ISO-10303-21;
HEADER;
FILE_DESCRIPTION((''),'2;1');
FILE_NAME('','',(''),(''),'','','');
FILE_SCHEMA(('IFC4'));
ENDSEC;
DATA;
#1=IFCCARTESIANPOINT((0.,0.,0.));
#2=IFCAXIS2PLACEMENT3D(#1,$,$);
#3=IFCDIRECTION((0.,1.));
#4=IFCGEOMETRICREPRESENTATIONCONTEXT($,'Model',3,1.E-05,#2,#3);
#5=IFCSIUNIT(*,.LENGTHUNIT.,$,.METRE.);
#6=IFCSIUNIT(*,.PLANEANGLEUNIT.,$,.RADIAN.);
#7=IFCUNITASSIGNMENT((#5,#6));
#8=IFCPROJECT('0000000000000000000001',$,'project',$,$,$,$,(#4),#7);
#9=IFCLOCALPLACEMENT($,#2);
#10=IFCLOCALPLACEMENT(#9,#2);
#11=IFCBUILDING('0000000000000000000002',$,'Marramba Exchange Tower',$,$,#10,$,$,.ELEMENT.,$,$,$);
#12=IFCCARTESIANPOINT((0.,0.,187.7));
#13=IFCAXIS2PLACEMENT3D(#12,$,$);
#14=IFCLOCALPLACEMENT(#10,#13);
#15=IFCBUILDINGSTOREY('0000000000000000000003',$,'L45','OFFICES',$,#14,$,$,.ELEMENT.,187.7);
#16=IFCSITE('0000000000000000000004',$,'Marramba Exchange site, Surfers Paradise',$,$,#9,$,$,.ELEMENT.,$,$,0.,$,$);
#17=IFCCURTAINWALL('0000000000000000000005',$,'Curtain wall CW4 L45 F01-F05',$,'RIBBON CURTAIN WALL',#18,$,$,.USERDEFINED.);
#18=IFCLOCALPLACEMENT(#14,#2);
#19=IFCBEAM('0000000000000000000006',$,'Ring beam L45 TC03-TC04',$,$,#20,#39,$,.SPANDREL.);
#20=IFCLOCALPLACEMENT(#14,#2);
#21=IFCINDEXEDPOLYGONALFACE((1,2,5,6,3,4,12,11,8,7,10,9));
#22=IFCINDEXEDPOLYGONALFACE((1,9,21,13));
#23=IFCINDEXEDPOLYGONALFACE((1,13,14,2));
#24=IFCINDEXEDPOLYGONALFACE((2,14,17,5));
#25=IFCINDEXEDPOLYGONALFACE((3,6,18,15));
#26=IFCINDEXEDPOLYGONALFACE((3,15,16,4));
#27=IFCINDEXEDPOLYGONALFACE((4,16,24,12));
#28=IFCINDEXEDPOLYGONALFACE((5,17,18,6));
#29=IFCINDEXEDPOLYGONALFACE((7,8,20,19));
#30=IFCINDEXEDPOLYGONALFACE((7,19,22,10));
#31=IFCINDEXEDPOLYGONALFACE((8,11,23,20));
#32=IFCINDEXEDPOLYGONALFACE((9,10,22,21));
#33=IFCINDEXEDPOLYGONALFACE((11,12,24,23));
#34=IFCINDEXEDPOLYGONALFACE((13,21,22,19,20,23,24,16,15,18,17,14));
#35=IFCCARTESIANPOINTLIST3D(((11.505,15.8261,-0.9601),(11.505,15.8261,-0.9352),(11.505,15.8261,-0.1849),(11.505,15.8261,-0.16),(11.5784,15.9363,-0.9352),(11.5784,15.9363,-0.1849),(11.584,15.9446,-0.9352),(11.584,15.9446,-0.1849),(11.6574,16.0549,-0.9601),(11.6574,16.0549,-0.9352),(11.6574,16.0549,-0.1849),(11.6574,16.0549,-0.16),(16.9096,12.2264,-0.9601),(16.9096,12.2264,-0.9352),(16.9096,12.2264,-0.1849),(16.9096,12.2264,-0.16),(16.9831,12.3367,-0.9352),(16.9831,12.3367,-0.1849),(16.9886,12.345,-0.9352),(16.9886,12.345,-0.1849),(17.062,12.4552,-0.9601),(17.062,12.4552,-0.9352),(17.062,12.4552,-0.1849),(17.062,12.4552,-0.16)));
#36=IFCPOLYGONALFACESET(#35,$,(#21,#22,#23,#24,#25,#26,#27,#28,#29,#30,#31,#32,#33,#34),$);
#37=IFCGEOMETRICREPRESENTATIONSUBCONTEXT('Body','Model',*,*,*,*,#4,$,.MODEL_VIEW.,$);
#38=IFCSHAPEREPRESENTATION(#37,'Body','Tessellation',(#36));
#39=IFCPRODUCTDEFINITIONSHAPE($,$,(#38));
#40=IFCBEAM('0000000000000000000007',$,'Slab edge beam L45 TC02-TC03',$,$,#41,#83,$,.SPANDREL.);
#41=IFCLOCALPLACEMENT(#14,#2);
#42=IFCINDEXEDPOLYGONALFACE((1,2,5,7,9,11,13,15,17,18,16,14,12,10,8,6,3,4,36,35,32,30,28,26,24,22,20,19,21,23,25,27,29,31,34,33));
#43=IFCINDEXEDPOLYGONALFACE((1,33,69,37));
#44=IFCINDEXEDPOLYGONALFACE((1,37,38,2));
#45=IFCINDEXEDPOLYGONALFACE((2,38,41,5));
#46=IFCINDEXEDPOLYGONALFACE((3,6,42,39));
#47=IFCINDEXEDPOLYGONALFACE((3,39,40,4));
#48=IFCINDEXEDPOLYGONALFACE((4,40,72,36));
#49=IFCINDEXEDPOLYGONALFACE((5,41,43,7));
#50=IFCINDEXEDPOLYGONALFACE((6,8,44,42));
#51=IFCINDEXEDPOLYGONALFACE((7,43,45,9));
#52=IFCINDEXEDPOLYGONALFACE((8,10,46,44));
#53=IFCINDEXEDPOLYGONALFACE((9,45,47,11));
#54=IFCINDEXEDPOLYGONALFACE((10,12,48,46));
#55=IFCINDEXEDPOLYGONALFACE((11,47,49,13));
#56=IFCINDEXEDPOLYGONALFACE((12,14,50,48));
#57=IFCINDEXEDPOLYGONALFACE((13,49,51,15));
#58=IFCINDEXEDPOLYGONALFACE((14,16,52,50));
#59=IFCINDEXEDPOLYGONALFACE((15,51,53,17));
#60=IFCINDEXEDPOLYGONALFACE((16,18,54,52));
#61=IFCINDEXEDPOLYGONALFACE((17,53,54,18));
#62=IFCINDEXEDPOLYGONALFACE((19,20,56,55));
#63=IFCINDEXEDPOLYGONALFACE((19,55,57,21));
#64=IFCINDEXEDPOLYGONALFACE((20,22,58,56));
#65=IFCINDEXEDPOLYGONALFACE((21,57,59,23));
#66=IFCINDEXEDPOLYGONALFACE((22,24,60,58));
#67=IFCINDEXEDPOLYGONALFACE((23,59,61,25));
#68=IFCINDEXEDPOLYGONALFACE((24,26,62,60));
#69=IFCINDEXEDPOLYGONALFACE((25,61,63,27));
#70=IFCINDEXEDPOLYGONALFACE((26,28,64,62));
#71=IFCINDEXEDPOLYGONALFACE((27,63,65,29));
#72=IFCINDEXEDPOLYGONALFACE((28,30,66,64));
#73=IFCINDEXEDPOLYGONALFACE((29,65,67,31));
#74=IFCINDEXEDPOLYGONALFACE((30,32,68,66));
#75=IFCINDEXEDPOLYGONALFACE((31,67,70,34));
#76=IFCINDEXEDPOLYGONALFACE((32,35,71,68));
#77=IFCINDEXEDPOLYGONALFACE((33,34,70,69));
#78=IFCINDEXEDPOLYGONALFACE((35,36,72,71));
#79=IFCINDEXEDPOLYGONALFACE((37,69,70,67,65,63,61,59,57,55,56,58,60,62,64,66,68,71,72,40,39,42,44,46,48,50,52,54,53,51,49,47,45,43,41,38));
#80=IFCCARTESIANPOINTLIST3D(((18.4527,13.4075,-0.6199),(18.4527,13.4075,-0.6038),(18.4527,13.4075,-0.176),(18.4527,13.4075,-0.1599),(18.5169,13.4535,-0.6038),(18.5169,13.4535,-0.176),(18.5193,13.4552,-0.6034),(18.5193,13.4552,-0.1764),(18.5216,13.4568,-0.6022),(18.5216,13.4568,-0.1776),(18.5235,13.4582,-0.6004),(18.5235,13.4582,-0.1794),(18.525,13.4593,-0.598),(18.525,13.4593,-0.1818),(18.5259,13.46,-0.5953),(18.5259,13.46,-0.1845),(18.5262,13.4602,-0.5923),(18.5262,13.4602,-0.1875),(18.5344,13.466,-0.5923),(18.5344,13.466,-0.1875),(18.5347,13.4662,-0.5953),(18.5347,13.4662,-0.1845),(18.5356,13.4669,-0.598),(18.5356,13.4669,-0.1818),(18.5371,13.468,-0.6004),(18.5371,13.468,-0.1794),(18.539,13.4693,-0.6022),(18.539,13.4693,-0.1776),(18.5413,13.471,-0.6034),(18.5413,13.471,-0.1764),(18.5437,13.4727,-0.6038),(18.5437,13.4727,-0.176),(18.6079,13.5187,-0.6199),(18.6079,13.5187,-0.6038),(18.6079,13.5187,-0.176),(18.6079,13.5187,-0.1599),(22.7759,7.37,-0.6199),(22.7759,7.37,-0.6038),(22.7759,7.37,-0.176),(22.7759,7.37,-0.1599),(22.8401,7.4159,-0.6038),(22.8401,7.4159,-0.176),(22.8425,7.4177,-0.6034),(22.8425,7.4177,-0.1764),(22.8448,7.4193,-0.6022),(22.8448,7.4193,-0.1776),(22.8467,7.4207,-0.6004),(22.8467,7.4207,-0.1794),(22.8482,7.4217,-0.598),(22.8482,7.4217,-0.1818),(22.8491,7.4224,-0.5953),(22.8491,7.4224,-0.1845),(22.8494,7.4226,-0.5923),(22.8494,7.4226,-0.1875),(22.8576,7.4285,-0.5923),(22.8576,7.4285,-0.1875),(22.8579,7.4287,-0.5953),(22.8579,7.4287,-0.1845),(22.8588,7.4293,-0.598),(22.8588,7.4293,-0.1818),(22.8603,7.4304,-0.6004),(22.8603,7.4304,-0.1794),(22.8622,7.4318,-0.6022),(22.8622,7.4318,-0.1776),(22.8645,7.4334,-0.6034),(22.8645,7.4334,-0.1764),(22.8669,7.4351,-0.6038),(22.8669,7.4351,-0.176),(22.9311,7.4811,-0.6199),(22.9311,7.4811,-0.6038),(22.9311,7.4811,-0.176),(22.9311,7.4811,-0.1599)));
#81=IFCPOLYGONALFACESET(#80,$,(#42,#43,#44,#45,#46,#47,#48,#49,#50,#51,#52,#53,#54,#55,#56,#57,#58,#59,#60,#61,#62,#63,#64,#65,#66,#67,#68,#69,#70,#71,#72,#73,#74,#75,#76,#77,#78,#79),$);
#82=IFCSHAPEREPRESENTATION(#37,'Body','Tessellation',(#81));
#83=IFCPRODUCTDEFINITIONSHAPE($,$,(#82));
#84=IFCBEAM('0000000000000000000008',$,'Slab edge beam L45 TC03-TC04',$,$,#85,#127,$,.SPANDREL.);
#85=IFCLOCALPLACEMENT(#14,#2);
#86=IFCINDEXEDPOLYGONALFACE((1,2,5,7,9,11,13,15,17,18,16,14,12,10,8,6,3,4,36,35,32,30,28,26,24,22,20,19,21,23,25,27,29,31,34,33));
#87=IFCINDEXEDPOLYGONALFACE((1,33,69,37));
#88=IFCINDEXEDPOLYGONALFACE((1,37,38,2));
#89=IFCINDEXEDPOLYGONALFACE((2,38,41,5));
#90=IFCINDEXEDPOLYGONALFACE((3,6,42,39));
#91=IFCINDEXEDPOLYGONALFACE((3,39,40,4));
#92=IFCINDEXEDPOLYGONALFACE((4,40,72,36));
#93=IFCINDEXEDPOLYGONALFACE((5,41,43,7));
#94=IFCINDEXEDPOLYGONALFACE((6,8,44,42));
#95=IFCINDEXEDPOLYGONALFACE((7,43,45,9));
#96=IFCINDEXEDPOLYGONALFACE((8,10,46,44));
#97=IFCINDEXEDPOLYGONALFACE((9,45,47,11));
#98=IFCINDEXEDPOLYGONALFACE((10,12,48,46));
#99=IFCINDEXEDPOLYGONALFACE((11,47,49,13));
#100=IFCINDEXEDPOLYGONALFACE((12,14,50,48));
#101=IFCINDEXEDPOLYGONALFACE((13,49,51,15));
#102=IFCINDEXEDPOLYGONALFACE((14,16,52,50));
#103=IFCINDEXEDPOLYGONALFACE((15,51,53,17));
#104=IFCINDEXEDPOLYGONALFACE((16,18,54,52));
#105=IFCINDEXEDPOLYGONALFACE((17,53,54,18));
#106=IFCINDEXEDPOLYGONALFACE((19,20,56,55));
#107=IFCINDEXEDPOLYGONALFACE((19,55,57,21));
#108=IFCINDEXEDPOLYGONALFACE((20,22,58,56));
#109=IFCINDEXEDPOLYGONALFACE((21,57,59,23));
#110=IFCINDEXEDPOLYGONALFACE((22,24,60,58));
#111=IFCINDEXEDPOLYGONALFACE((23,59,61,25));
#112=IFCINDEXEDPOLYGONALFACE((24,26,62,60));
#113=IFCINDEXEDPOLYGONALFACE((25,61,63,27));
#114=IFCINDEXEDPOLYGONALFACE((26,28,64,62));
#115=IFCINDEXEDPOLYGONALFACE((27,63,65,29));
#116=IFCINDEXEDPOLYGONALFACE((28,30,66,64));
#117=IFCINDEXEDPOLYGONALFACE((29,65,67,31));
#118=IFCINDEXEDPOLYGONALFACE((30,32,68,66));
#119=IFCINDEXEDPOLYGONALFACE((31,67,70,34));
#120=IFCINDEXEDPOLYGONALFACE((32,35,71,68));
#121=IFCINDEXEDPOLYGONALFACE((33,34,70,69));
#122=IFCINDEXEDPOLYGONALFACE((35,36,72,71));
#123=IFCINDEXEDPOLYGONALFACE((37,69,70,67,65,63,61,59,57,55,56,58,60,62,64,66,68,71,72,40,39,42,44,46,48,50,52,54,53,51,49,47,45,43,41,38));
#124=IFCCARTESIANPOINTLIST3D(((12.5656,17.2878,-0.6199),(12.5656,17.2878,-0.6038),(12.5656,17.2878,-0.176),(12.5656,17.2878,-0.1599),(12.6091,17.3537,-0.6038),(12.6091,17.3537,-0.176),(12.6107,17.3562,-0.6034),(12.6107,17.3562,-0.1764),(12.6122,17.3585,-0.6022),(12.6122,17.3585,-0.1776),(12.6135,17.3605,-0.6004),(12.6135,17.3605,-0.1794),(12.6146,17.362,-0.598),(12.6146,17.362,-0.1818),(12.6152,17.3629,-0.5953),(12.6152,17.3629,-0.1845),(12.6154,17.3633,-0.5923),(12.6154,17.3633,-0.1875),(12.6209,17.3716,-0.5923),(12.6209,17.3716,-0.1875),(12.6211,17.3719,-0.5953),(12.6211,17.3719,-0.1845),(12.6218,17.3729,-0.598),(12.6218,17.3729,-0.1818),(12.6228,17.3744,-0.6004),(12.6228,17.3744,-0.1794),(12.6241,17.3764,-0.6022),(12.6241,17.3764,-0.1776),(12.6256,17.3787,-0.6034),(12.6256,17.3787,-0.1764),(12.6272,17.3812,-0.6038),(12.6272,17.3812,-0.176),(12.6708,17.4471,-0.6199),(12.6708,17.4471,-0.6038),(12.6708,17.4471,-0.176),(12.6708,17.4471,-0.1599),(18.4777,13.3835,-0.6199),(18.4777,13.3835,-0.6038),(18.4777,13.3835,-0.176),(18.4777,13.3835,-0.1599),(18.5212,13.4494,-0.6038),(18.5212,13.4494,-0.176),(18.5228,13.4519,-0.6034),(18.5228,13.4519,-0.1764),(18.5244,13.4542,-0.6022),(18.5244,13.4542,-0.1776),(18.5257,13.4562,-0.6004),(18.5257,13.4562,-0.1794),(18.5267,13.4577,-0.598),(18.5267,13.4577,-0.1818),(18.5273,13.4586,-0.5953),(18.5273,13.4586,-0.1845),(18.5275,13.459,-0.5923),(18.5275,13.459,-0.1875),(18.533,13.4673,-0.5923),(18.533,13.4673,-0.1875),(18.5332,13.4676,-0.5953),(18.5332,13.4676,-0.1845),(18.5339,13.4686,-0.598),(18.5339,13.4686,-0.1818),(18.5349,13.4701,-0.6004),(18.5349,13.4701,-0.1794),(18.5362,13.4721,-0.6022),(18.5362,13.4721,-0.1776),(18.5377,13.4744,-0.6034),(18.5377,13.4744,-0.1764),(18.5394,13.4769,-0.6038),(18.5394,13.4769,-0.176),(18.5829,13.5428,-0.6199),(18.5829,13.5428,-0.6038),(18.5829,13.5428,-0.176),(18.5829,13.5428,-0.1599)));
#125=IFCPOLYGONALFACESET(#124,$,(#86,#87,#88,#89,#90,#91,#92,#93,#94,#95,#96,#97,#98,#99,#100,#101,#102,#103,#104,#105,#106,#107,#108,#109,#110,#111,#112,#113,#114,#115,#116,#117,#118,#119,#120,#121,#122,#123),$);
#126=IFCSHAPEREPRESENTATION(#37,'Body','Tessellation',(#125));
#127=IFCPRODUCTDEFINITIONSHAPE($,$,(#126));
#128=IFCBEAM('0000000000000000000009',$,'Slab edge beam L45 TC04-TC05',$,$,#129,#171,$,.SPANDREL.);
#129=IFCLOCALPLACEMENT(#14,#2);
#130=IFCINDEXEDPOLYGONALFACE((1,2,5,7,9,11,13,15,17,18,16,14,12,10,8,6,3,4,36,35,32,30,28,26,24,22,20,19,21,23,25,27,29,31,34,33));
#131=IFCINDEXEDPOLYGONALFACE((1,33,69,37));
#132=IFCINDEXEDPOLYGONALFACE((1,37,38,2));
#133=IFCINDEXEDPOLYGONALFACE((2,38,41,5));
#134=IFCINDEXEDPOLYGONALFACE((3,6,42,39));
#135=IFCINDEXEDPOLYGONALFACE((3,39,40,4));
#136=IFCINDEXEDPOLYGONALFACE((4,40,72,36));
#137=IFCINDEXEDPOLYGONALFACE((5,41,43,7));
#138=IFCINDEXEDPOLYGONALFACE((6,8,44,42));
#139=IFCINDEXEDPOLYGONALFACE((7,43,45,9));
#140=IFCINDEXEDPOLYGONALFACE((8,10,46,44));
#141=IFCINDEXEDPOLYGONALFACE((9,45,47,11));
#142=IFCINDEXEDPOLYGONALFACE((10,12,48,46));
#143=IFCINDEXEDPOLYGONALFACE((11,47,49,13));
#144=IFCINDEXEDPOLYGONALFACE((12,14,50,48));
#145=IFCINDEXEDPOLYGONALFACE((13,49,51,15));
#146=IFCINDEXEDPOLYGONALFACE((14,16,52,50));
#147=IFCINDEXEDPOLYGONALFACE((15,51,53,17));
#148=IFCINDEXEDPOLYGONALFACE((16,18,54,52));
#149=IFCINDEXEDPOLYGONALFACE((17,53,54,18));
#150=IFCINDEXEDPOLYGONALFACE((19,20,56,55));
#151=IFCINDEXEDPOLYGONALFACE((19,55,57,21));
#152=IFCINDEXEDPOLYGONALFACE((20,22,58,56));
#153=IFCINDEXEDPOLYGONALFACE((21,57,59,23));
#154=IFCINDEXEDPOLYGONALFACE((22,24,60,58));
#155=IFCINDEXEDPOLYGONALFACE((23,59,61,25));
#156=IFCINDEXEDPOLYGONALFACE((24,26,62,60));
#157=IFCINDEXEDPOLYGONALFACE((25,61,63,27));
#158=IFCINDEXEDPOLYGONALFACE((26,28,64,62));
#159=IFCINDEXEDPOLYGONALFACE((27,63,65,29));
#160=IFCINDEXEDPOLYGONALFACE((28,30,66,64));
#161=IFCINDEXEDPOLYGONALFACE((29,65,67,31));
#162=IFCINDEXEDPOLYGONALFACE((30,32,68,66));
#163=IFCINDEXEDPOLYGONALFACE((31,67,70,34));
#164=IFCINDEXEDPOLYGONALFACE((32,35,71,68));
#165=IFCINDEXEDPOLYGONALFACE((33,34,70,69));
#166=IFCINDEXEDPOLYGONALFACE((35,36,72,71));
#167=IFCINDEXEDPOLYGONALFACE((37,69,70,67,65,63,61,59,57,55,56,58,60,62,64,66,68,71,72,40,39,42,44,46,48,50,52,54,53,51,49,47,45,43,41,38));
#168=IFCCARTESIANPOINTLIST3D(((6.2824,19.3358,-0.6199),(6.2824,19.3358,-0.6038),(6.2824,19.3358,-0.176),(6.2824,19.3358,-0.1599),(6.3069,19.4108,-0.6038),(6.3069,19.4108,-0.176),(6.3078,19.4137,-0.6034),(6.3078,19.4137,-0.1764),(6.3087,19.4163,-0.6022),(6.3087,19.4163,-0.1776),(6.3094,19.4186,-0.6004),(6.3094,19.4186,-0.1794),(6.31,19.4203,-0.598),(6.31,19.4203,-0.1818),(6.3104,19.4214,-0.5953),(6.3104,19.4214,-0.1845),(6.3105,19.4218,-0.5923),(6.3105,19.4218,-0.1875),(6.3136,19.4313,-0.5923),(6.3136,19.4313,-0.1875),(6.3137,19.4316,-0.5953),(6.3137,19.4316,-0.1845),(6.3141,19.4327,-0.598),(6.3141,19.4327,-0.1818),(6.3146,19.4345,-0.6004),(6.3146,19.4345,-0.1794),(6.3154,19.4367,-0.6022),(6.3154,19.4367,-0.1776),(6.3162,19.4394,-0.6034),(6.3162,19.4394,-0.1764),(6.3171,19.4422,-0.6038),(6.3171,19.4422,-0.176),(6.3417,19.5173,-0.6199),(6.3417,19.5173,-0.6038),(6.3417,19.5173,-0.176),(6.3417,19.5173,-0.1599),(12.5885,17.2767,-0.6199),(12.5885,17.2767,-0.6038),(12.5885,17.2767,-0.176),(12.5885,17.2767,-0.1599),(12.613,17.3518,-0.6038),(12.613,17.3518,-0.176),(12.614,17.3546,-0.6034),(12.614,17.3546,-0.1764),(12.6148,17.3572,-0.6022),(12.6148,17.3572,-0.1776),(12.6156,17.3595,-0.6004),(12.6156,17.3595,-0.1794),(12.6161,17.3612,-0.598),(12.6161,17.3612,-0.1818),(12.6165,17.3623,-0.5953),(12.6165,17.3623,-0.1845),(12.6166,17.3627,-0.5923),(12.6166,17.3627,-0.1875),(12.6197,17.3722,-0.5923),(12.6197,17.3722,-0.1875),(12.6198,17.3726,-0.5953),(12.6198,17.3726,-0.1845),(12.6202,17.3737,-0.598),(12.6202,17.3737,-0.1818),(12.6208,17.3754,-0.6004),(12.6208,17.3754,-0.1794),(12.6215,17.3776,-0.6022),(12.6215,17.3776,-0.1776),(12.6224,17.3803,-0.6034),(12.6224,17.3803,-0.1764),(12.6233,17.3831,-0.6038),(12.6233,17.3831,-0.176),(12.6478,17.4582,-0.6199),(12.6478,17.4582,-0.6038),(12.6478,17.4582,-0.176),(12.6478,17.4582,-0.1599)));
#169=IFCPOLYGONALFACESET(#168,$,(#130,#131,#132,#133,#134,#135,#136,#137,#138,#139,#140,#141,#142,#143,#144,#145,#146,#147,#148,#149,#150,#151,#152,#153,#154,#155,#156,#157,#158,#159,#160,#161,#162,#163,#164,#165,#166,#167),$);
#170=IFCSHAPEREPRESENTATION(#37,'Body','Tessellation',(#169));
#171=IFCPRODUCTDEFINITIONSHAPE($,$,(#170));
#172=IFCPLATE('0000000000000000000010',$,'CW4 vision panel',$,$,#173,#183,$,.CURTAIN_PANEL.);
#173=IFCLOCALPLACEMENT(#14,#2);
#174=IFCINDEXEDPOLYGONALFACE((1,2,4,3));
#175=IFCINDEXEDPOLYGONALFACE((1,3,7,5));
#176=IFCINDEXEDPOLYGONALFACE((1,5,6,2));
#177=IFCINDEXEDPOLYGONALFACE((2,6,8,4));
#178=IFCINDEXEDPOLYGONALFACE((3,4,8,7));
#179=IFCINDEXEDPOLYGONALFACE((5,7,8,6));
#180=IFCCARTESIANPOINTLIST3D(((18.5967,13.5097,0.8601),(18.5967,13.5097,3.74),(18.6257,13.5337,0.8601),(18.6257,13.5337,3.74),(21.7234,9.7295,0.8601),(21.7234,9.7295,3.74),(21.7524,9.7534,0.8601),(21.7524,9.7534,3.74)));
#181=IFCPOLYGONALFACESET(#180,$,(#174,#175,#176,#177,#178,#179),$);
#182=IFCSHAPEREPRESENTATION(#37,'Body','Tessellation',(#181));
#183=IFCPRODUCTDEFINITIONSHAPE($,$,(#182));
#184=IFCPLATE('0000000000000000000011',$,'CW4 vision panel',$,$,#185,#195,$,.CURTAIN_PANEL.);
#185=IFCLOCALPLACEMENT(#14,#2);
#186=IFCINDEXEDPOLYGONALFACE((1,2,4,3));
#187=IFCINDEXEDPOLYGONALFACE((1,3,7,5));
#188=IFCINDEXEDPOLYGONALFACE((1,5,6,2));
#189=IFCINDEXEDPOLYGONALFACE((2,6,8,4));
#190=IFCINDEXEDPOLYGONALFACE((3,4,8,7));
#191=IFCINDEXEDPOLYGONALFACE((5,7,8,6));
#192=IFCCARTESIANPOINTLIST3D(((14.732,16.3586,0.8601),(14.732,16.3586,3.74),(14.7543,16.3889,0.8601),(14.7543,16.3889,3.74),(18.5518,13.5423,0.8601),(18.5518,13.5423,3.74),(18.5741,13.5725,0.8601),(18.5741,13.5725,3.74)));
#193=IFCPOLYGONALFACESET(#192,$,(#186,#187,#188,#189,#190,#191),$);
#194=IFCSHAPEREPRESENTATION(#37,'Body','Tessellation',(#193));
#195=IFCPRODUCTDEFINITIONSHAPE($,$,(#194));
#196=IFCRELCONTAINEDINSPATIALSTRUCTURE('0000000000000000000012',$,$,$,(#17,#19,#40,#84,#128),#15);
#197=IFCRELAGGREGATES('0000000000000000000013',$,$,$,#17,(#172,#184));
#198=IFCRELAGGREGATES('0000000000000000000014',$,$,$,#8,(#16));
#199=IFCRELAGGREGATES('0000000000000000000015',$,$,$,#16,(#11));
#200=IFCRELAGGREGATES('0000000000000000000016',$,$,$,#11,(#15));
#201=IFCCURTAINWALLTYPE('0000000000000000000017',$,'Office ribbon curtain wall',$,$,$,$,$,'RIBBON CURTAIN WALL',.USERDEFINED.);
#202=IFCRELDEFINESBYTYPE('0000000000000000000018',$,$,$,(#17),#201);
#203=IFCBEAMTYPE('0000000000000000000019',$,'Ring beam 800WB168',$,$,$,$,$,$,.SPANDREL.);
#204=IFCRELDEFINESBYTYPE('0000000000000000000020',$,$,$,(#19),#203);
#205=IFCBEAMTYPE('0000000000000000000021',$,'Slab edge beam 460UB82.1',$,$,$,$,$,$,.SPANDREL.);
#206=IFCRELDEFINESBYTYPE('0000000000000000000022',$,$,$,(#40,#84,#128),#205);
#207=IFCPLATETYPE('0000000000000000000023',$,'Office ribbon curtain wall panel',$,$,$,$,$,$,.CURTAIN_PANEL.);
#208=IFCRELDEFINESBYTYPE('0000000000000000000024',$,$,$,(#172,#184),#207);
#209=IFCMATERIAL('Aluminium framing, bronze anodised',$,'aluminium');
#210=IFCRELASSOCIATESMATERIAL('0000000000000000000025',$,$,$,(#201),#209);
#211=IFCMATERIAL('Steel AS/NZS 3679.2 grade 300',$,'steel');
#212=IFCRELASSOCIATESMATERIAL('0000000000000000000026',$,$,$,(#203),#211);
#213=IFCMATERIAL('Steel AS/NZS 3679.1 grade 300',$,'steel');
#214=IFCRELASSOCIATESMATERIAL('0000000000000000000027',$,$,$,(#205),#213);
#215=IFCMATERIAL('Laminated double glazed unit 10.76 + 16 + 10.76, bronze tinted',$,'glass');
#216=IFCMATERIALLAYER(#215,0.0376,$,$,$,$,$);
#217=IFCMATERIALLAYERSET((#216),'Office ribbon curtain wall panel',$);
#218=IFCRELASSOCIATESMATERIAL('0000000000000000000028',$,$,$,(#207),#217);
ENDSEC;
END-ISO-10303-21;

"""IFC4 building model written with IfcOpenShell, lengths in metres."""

from ifc_helpers import new_model, si_unit, direction, frame, origin, origin_2d, place, context, subcontext, project, spatial, rectangle, i_section, extrude, material, layer, layer_set, material_profile, profile_set, type_object, element, aggregate, save


model = new_model("IFC4")

# Units and contexts
model_context = context("Model", 3, precision=1e-05, world=origin(), true_north=direction((0.0, 1.0)))
body_context = subcontext(model_context, "Body", "Model", "MODEL_VIEW")
ifc_project = project(units=[si_unit("LENGTHUNIT", "METRE"), si_unit("PLANEANGLEUNIT", "RADIAN")], contexts=[model_context])

# Site, building, storey
site_placement = place(None, origin())
site = spatial("IfcSite", under=ifc_project, at=site_placement, Name="Marramba Exchange site, Surfers Paradise", CompositionType="ELEMENT", RefElevation=0.0)
building_placement = place(site_placement, origin())
building = spatial("IfcBuilding", under=site, at=building_placement, Name="Marramba Exchange Tower", CompositionType="ELEMENT")
storey_placement = place(building_placement, frame((0.0, 0.0, 187.7)))
storey = spatial("IfcBuildingStorey", under=building, at=storey_placement, Name="L45", Description="OFFICES", CompositionType="ELEMENT", Elevation=187.7)

# Shared definitions
ifc_material_1 = material(Name="Steel AS/NZS 3679.2 grade 300", Category="steel")
ifc_material_2 = material(Name="Steel AS/NZS 3679.1 grade 300", Category="steel")

# Curtain wall
ifc_material_3 = material(Name="Aluminium framing, bronze anodised", Category="aluminium")
curtain_wall_type = type_object("IfcCurtainWallType", Name="Office ribbon curtain wall", ElementType="RIBBON CURTAIN WALL", PredefinedType="USERDEFINED", material=ifc_material_3)
curtain_wall_placement = place(storey_placement, origin())
curtain_wall = element("IfcCurtainWall", 1, at=curtain_wall_placement, inside=storey, type_object=curtain_wall_type, Name="Curtain wall CW4 L45 F01-F05", ObjectType="RIBBON CURTAIN WALL", PredefinedType="USERDEFINED")

# Beams
ifc_material_profile_1 = material_profile(ifc_material_1, i_section(OverallWidth=0.2749, OverallDepth=0.8, WebThickness=0.01, FlangeThickness=0.0249, at=origin_2d()), Name="800WB168")
ifc_profile_set_1 = profile_set([ifc_material_profile_1], Name="Steel AS/NZS 3679.2 grade 300")
beam_type_1 = type_object("IfcBeamType", Name="Ring beam 800WB168", PredefinedType="SPANDREL", material=ifc_profile_set_1)
beam_1_placement = place(storey_placement, frame((16.9858, 12.3408, -0.5601), z_axis=(-0.832293, 0.554336, 0.0), x_axis=(-0.554336, -0.832293, 0.0)))
element("IfcBeam", 2, at=beam_1_placement, inside=storey, type_object=beam_type_1, Name="Ring beam L45 TC03-TC04", PredefinedType="SPANDREL", context=body_context, shape_type="SweptSolid", body=[
    extrude(i_section(OverallWidth=0.2749, OverallDepth=0.8, WebThickness=0.01, FlangeThickness=0.0249, at=origin_2d()), origin(), (0.0, 0.0, 1.0), 6.4937),
])
ifc_material_profile_2 = material_profile(ifc_material_2, i_section(OverallWidth=0.1909, OverallDepth=0.46, WebThickness=0.01, FlangeThickness=0.0161, FilletRadius=0.0115, at=origin_2d()), Name="460UB82.1")
ifc_profile_set_2 = profile_set([ifc_material_profile_2], Name="Steel AS/NZS 3679.1 grade 300")
beam_type_2 = type_object("IfcBeamType", Name="Slab edge beam 460UB82.1", PredefinedType="SPANDREL", material=ifc_profile_set_2)
beam_2_placement = place(storey_placement, frame((22.8535, 7.4255, -0.3899), z_axis=(-0.582189, 0.813053, 0.0), x_axis=(-0.813053, -0.582189, 0.0)))
element("IfcBeam", 3, at=beam_2_placement, inside=storey, type_object=beam_type_2, Name="Slab edge beam L45 TC02-TC03", PredefinedType="SPANDREL", context=body_context, shape_type="SweptSolid", body=[
    extrude(i_section(OverallWidth=0.1909, OverallDepth=0.46, WebThickness=0.01, FlangeThickness=0.0161, FilletRadius=0.0115, at=origin_2d()), origin(), (0.0, 0.0, 1.0), 7.4258),
])
beam_3_placement = place(storey_placement, frame((18.5303, 13.4631, -0.3899), z_axis=(-0.83446, 0.551069, 0.0), x_axis=(-0.551069, -0.83446, 0.0)))
element("IfcBeam", 4, at=beam_3_placement, inside=storey, type_object=beam_type_2, Name="Slab edge beam L45 TC03-TC04", PredefinedType="SPANDREL", context=body_context, shape_type="SweptSolid", body=[
    extrude(i_section(OverallWidth=0.1909, OverallDepth=0.46, WebThickness=0.01, FlangeThickness=0.0161, FilletRadius=0.0115, at=origin_2d()), origin(), (0.0, 0.0, 1.0), 7.085),
])
beam_4_placement = place(storey_placement, frame((12.6182, 17.3674, -0.3899), z_axis=(-0.950609, 0.310392, 0.0), x_axis=(-0.310392, -0.950609, 0.0)))
element("IfcBeam", 5, at=beam_4_placement, inside=storey, type_object=beam_type_2, Name="Slab edge beam L45 TC04-TC05", PredefinedType="SPANDREL", context=body_context, shape_type="SweptSolid", body=[
    extrude(i_section(OverallWidth=0.1909, OverallDepth=0.46, WebThickness=0.01, FlangeThickness=0.0161, FilletRadius=0.0115, at=origin_2d()), origin(), (0.0, 0.0, 1.0), 6.6338),
])

# Plates
ifc_material_4 = material(Name="Laminated double glazed unit 10.76 + 16 + 10.76, bronze tinted", Category="glass")
ifc_layer_1 = layer(ifc_material_4, 0.0376)
ifc_layer_set_1 = layer_set([ifc_layer_1], Name="Office ribbon curtain wall panel")
plate_type = type_object("IfcPlateType", Name="Office ribbon curtain wall panel", PredefinedType="CURTAIN_PANEL", material=ifc_layer_set_1)
plate_1_placement = place(storey_placement, frame((20.1746, 11.6316, 0.8601), z_axis=(0.0, 0.0, 1.0), x_axis=(-0.63735, 0.770574, 0.0)))
plate_1 = element("IfcPlate", 6, at=plate_1_placement, type_object=plate_type, Name="CW4 vision panel", PredefinedType="CURTAIN_PANEL", context=body_context, shape_type="SweptSolid", body=[
    extrude(rectangle(XDim=4.9058, YDim=0.0376, at=origin_2d()), origin(), (0.0, 0.0, 1.0), 2.8799),
])
plate_2_placement = place(storey_placement, frame((16.6531, 14.9656, 0.8601), z_axis=(0.0, 0.0, 1.0), x_axis=(-0.804877, 0.593441, 0.0)))
plate_2 = element("IfcPlate", 7, at=plate_2_placement, type_object=plate_type, Name="CW4 vision panel", PredefinedType="CURTAIN_PANEL", context=body_context, shape_type="SweptSolid", body=[
    extrude(rectangle(XDim=4.7458, YDim=0.0376, at=origin_2d()), origin(), (0.0, 0.0, 1.0), 2.8799),
])
aggregate(curtain_wall, [plate_1, plate_2])

save(model, "model.ifc")
